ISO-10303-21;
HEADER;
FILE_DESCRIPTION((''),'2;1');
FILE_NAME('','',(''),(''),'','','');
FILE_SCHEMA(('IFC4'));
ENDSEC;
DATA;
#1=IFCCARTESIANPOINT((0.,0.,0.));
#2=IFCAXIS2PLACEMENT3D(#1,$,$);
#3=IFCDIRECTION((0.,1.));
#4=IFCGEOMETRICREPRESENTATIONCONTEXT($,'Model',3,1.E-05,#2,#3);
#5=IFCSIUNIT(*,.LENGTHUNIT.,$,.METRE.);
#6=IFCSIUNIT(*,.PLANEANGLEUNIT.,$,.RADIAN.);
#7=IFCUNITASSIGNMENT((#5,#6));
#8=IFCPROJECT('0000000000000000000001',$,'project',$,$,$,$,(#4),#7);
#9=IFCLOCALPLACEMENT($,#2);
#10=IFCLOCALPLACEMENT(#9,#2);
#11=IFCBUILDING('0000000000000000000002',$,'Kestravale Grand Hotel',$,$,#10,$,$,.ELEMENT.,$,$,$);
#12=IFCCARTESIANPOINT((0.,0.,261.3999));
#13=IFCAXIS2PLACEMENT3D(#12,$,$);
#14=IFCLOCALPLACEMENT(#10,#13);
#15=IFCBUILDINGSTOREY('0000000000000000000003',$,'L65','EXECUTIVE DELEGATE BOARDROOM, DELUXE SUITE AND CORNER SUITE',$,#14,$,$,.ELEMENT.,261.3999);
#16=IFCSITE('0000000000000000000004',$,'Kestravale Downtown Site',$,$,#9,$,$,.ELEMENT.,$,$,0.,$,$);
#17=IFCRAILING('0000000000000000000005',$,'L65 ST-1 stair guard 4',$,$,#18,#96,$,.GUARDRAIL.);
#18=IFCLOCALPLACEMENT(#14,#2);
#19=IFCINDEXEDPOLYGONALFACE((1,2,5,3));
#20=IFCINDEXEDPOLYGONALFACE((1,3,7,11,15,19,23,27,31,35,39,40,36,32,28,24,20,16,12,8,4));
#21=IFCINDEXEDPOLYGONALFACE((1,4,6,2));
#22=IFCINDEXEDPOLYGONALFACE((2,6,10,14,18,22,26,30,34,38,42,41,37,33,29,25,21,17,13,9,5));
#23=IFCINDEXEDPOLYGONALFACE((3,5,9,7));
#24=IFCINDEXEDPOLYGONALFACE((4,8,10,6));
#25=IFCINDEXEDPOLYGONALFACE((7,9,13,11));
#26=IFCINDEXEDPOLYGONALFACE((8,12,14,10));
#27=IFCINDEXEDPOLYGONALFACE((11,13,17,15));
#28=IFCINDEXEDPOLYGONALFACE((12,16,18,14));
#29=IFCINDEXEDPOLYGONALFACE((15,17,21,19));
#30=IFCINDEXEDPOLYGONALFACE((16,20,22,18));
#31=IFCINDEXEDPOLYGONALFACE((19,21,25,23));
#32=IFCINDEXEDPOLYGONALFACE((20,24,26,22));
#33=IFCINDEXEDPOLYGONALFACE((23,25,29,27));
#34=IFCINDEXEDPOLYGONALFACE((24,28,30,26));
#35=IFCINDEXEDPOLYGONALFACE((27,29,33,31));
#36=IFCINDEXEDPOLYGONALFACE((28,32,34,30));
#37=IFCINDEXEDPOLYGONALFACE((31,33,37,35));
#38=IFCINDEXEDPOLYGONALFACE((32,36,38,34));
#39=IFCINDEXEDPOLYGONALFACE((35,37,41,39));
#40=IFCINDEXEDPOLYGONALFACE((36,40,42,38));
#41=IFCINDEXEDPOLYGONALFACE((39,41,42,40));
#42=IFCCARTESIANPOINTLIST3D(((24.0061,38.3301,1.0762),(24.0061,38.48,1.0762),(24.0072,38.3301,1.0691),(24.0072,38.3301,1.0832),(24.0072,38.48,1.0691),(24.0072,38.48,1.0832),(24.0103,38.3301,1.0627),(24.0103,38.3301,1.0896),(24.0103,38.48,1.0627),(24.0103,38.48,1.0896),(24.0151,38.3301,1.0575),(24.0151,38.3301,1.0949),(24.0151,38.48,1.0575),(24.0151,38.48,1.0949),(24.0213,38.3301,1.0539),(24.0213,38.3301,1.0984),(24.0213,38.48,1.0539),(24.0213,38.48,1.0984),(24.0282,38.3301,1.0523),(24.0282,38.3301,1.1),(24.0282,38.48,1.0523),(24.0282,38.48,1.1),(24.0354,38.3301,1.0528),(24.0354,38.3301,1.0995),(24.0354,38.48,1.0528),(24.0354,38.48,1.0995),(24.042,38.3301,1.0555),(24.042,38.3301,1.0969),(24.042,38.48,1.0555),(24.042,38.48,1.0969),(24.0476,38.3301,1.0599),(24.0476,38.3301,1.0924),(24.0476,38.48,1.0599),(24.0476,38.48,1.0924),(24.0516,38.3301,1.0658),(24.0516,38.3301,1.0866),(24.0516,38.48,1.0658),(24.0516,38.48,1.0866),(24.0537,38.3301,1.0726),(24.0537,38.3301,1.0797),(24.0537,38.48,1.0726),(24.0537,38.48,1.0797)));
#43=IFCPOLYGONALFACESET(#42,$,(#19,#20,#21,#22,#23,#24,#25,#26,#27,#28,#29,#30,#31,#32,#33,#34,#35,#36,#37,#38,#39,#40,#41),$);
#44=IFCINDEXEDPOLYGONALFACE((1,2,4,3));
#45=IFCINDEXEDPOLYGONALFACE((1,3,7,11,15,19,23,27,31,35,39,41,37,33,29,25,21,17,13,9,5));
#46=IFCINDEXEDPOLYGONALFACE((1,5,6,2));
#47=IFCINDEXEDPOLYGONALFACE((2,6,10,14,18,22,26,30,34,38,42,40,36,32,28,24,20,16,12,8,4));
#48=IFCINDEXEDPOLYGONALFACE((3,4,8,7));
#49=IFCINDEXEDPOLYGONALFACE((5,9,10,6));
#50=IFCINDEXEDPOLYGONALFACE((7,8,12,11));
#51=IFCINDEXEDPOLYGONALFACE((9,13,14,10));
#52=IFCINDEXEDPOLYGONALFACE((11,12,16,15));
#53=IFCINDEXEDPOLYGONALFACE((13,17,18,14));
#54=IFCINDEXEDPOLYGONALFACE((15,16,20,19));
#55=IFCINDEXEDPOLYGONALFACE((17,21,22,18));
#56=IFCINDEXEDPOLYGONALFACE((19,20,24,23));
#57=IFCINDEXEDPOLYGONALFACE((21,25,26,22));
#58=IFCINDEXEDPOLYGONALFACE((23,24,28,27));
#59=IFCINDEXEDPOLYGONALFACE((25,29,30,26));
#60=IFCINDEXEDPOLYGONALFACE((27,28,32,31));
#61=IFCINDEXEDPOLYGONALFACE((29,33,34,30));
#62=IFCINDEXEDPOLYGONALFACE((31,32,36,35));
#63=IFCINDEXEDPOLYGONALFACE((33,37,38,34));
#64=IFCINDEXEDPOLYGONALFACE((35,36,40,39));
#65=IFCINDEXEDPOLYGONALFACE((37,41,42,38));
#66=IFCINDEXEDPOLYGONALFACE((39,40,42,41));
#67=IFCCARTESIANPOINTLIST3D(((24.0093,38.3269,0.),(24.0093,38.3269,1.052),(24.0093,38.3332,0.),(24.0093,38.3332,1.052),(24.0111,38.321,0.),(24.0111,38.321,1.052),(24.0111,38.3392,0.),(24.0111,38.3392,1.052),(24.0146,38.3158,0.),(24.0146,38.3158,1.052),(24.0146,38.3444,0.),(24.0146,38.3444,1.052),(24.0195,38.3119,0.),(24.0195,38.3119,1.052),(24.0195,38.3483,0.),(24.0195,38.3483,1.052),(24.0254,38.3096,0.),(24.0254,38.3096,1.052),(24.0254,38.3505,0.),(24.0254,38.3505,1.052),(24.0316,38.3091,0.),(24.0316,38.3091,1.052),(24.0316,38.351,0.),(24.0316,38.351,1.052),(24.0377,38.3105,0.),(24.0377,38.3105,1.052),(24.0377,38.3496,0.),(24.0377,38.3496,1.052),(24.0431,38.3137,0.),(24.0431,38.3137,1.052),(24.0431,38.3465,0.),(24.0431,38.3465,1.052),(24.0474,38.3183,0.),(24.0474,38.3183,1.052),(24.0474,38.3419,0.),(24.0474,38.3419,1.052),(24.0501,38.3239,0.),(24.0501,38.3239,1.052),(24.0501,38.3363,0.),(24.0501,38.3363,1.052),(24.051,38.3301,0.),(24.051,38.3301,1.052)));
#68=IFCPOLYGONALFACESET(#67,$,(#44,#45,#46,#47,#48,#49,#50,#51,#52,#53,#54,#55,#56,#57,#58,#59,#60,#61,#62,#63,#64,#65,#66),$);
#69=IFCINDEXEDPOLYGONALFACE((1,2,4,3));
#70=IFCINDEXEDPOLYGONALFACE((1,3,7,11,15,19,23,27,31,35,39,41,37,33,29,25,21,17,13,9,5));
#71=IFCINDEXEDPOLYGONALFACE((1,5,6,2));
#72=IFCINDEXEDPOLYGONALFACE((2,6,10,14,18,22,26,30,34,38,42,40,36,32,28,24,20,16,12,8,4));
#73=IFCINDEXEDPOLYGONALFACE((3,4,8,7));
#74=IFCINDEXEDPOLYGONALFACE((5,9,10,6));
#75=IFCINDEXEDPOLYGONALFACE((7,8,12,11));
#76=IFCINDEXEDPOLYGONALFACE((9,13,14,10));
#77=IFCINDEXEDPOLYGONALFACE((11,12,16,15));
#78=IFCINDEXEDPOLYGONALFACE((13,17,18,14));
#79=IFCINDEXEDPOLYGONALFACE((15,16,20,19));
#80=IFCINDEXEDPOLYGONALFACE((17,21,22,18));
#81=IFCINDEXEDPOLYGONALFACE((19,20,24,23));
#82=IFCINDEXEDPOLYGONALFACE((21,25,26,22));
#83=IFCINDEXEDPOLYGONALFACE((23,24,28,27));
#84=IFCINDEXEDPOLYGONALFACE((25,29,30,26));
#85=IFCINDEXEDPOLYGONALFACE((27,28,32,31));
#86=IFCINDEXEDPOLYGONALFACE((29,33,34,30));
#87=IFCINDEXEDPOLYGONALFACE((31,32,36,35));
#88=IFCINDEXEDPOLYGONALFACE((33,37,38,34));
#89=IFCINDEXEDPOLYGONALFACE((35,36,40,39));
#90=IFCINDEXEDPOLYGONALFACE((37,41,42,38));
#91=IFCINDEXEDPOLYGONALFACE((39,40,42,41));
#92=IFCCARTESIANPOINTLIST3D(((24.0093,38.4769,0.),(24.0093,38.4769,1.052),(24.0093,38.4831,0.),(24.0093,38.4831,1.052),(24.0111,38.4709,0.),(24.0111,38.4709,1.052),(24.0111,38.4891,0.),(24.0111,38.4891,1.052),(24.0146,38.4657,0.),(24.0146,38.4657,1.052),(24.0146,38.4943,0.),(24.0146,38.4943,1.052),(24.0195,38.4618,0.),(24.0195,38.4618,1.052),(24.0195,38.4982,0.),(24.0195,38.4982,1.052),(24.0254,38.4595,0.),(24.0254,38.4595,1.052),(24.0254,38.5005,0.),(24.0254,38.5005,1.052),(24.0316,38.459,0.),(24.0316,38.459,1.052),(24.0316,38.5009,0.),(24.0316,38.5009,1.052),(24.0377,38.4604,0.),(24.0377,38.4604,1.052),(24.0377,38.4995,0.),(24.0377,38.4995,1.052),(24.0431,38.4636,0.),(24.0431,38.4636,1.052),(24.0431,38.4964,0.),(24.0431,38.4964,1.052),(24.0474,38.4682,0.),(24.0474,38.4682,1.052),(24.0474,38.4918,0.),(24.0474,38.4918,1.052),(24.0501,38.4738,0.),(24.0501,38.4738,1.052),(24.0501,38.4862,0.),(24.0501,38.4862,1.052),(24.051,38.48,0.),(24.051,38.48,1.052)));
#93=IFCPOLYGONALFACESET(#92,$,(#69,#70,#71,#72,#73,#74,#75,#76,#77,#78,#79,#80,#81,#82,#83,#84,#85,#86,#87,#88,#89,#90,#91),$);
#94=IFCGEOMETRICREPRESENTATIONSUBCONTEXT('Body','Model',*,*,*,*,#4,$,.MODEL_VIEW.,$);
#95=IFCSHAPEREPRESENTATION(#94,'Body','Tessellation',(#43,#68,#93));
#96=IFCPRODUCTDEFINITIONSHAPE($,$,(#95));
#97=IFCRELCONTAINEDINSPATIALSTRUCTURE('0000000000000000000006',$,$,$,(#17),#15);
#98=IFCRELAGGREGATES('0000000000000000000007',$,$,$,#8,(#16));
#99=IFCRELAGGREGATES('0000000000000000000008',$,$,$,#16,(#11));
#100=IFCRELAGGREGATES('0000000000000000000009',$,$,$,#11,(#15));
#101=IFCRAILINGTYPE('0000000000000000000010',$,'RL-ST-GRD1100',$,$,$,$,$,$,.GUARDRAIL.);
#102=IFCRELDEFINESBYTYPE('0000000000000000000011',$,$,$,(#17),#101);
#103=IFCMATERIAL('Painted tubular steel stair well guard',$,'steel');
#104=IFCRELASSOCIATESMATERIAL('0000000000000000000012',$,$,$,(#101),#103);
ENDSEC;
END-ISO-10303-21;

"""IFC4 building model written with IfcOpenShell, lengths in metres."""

from ifc_helpers import new_model, si_unit, direction, frame, origin, origin_2d, place, context, subcontext, project, spatial, circle, extrude, material, type_object, element, save


model = new_model("IFC4")

# Units and contexts
model_context = context("Model", 3, precision=1e-05, world=origin(), true_north=direction((0.0, 1.0)))
body_context = subcontext(model_context, "Body", "Model", "MODEL_VIEW")
ifc_project = project(units=[si_unit("LENGTHUNIT", "METRE"), si_unit("PLANEANGLEUNIT", "RADIAN")], contexts=[model_context])

# Site, building, storey
site_placement = place(None, origin())
site = spatial("IfcSite", under=ifc_project, at=site_placement, Name="Kestravale Downtown Site", CompositionType="ELEMENT", RefElevation=0.0)
building_placement = place(site_placement, origin())
building = spatial("IfcBuilding", under=site, at=building_placement, Name="Kestravale Grand Hotel", CompositionType="ELEMENT")
storey_placement = place(building_placement, frame((0.0, 0.0, 261.3999)))
storey = spatial("IfcBuildingStorey", under=building, at=storey_placement, Name="L65", Description="EXECUTIVE DELEGATE BOARDROOM, DELUXE SUITE AND CORNER SUITE", CompositionType="ELEMENT", Elevation=261.3999)

# Railing
ifc_material_1 = material(Name="Painted tubular steel stair well guard", Category="steel")
railing_type_1 = type_object("IfcRailingType", Name="RL-ST-GRD1100", PredefinedType="GUARDRAIL", material=ifc_material_1)
railing_1_placement = place(storey_placement, frame((24.03, 38.3301, 0.0)))
element("IfcRailing", 1, at=railing_1_placement, inside=storey, type_object=railing_type_1, Name="L65 ST-1 stair guard 4", PredefinedType="GUARDRAIL", context=body_context, shape_type="SweptSolid", body=[
    extrude(circle(Radius=0.0239, at=origin_2d()), frame((0.0, 0.0, 1.0762), z_axis=(0.0, 1.0, 0.0), x_axis=(-1.0, 0.0, 0.0)), (0.0, 0.0, 1.0), 0.1499),
    extrude(circle(Radius=0.021, at=origin_2d()), origin(), (0.0, 0.0, 1.0), 1.052),
    extrude(circle(Radius=0.021, at=origin_2d()), frame((0.0, 0.1499, 0.0)), (0.0, 0.0, 1.0), 1.052),
])

save(model, "model.ifc")
